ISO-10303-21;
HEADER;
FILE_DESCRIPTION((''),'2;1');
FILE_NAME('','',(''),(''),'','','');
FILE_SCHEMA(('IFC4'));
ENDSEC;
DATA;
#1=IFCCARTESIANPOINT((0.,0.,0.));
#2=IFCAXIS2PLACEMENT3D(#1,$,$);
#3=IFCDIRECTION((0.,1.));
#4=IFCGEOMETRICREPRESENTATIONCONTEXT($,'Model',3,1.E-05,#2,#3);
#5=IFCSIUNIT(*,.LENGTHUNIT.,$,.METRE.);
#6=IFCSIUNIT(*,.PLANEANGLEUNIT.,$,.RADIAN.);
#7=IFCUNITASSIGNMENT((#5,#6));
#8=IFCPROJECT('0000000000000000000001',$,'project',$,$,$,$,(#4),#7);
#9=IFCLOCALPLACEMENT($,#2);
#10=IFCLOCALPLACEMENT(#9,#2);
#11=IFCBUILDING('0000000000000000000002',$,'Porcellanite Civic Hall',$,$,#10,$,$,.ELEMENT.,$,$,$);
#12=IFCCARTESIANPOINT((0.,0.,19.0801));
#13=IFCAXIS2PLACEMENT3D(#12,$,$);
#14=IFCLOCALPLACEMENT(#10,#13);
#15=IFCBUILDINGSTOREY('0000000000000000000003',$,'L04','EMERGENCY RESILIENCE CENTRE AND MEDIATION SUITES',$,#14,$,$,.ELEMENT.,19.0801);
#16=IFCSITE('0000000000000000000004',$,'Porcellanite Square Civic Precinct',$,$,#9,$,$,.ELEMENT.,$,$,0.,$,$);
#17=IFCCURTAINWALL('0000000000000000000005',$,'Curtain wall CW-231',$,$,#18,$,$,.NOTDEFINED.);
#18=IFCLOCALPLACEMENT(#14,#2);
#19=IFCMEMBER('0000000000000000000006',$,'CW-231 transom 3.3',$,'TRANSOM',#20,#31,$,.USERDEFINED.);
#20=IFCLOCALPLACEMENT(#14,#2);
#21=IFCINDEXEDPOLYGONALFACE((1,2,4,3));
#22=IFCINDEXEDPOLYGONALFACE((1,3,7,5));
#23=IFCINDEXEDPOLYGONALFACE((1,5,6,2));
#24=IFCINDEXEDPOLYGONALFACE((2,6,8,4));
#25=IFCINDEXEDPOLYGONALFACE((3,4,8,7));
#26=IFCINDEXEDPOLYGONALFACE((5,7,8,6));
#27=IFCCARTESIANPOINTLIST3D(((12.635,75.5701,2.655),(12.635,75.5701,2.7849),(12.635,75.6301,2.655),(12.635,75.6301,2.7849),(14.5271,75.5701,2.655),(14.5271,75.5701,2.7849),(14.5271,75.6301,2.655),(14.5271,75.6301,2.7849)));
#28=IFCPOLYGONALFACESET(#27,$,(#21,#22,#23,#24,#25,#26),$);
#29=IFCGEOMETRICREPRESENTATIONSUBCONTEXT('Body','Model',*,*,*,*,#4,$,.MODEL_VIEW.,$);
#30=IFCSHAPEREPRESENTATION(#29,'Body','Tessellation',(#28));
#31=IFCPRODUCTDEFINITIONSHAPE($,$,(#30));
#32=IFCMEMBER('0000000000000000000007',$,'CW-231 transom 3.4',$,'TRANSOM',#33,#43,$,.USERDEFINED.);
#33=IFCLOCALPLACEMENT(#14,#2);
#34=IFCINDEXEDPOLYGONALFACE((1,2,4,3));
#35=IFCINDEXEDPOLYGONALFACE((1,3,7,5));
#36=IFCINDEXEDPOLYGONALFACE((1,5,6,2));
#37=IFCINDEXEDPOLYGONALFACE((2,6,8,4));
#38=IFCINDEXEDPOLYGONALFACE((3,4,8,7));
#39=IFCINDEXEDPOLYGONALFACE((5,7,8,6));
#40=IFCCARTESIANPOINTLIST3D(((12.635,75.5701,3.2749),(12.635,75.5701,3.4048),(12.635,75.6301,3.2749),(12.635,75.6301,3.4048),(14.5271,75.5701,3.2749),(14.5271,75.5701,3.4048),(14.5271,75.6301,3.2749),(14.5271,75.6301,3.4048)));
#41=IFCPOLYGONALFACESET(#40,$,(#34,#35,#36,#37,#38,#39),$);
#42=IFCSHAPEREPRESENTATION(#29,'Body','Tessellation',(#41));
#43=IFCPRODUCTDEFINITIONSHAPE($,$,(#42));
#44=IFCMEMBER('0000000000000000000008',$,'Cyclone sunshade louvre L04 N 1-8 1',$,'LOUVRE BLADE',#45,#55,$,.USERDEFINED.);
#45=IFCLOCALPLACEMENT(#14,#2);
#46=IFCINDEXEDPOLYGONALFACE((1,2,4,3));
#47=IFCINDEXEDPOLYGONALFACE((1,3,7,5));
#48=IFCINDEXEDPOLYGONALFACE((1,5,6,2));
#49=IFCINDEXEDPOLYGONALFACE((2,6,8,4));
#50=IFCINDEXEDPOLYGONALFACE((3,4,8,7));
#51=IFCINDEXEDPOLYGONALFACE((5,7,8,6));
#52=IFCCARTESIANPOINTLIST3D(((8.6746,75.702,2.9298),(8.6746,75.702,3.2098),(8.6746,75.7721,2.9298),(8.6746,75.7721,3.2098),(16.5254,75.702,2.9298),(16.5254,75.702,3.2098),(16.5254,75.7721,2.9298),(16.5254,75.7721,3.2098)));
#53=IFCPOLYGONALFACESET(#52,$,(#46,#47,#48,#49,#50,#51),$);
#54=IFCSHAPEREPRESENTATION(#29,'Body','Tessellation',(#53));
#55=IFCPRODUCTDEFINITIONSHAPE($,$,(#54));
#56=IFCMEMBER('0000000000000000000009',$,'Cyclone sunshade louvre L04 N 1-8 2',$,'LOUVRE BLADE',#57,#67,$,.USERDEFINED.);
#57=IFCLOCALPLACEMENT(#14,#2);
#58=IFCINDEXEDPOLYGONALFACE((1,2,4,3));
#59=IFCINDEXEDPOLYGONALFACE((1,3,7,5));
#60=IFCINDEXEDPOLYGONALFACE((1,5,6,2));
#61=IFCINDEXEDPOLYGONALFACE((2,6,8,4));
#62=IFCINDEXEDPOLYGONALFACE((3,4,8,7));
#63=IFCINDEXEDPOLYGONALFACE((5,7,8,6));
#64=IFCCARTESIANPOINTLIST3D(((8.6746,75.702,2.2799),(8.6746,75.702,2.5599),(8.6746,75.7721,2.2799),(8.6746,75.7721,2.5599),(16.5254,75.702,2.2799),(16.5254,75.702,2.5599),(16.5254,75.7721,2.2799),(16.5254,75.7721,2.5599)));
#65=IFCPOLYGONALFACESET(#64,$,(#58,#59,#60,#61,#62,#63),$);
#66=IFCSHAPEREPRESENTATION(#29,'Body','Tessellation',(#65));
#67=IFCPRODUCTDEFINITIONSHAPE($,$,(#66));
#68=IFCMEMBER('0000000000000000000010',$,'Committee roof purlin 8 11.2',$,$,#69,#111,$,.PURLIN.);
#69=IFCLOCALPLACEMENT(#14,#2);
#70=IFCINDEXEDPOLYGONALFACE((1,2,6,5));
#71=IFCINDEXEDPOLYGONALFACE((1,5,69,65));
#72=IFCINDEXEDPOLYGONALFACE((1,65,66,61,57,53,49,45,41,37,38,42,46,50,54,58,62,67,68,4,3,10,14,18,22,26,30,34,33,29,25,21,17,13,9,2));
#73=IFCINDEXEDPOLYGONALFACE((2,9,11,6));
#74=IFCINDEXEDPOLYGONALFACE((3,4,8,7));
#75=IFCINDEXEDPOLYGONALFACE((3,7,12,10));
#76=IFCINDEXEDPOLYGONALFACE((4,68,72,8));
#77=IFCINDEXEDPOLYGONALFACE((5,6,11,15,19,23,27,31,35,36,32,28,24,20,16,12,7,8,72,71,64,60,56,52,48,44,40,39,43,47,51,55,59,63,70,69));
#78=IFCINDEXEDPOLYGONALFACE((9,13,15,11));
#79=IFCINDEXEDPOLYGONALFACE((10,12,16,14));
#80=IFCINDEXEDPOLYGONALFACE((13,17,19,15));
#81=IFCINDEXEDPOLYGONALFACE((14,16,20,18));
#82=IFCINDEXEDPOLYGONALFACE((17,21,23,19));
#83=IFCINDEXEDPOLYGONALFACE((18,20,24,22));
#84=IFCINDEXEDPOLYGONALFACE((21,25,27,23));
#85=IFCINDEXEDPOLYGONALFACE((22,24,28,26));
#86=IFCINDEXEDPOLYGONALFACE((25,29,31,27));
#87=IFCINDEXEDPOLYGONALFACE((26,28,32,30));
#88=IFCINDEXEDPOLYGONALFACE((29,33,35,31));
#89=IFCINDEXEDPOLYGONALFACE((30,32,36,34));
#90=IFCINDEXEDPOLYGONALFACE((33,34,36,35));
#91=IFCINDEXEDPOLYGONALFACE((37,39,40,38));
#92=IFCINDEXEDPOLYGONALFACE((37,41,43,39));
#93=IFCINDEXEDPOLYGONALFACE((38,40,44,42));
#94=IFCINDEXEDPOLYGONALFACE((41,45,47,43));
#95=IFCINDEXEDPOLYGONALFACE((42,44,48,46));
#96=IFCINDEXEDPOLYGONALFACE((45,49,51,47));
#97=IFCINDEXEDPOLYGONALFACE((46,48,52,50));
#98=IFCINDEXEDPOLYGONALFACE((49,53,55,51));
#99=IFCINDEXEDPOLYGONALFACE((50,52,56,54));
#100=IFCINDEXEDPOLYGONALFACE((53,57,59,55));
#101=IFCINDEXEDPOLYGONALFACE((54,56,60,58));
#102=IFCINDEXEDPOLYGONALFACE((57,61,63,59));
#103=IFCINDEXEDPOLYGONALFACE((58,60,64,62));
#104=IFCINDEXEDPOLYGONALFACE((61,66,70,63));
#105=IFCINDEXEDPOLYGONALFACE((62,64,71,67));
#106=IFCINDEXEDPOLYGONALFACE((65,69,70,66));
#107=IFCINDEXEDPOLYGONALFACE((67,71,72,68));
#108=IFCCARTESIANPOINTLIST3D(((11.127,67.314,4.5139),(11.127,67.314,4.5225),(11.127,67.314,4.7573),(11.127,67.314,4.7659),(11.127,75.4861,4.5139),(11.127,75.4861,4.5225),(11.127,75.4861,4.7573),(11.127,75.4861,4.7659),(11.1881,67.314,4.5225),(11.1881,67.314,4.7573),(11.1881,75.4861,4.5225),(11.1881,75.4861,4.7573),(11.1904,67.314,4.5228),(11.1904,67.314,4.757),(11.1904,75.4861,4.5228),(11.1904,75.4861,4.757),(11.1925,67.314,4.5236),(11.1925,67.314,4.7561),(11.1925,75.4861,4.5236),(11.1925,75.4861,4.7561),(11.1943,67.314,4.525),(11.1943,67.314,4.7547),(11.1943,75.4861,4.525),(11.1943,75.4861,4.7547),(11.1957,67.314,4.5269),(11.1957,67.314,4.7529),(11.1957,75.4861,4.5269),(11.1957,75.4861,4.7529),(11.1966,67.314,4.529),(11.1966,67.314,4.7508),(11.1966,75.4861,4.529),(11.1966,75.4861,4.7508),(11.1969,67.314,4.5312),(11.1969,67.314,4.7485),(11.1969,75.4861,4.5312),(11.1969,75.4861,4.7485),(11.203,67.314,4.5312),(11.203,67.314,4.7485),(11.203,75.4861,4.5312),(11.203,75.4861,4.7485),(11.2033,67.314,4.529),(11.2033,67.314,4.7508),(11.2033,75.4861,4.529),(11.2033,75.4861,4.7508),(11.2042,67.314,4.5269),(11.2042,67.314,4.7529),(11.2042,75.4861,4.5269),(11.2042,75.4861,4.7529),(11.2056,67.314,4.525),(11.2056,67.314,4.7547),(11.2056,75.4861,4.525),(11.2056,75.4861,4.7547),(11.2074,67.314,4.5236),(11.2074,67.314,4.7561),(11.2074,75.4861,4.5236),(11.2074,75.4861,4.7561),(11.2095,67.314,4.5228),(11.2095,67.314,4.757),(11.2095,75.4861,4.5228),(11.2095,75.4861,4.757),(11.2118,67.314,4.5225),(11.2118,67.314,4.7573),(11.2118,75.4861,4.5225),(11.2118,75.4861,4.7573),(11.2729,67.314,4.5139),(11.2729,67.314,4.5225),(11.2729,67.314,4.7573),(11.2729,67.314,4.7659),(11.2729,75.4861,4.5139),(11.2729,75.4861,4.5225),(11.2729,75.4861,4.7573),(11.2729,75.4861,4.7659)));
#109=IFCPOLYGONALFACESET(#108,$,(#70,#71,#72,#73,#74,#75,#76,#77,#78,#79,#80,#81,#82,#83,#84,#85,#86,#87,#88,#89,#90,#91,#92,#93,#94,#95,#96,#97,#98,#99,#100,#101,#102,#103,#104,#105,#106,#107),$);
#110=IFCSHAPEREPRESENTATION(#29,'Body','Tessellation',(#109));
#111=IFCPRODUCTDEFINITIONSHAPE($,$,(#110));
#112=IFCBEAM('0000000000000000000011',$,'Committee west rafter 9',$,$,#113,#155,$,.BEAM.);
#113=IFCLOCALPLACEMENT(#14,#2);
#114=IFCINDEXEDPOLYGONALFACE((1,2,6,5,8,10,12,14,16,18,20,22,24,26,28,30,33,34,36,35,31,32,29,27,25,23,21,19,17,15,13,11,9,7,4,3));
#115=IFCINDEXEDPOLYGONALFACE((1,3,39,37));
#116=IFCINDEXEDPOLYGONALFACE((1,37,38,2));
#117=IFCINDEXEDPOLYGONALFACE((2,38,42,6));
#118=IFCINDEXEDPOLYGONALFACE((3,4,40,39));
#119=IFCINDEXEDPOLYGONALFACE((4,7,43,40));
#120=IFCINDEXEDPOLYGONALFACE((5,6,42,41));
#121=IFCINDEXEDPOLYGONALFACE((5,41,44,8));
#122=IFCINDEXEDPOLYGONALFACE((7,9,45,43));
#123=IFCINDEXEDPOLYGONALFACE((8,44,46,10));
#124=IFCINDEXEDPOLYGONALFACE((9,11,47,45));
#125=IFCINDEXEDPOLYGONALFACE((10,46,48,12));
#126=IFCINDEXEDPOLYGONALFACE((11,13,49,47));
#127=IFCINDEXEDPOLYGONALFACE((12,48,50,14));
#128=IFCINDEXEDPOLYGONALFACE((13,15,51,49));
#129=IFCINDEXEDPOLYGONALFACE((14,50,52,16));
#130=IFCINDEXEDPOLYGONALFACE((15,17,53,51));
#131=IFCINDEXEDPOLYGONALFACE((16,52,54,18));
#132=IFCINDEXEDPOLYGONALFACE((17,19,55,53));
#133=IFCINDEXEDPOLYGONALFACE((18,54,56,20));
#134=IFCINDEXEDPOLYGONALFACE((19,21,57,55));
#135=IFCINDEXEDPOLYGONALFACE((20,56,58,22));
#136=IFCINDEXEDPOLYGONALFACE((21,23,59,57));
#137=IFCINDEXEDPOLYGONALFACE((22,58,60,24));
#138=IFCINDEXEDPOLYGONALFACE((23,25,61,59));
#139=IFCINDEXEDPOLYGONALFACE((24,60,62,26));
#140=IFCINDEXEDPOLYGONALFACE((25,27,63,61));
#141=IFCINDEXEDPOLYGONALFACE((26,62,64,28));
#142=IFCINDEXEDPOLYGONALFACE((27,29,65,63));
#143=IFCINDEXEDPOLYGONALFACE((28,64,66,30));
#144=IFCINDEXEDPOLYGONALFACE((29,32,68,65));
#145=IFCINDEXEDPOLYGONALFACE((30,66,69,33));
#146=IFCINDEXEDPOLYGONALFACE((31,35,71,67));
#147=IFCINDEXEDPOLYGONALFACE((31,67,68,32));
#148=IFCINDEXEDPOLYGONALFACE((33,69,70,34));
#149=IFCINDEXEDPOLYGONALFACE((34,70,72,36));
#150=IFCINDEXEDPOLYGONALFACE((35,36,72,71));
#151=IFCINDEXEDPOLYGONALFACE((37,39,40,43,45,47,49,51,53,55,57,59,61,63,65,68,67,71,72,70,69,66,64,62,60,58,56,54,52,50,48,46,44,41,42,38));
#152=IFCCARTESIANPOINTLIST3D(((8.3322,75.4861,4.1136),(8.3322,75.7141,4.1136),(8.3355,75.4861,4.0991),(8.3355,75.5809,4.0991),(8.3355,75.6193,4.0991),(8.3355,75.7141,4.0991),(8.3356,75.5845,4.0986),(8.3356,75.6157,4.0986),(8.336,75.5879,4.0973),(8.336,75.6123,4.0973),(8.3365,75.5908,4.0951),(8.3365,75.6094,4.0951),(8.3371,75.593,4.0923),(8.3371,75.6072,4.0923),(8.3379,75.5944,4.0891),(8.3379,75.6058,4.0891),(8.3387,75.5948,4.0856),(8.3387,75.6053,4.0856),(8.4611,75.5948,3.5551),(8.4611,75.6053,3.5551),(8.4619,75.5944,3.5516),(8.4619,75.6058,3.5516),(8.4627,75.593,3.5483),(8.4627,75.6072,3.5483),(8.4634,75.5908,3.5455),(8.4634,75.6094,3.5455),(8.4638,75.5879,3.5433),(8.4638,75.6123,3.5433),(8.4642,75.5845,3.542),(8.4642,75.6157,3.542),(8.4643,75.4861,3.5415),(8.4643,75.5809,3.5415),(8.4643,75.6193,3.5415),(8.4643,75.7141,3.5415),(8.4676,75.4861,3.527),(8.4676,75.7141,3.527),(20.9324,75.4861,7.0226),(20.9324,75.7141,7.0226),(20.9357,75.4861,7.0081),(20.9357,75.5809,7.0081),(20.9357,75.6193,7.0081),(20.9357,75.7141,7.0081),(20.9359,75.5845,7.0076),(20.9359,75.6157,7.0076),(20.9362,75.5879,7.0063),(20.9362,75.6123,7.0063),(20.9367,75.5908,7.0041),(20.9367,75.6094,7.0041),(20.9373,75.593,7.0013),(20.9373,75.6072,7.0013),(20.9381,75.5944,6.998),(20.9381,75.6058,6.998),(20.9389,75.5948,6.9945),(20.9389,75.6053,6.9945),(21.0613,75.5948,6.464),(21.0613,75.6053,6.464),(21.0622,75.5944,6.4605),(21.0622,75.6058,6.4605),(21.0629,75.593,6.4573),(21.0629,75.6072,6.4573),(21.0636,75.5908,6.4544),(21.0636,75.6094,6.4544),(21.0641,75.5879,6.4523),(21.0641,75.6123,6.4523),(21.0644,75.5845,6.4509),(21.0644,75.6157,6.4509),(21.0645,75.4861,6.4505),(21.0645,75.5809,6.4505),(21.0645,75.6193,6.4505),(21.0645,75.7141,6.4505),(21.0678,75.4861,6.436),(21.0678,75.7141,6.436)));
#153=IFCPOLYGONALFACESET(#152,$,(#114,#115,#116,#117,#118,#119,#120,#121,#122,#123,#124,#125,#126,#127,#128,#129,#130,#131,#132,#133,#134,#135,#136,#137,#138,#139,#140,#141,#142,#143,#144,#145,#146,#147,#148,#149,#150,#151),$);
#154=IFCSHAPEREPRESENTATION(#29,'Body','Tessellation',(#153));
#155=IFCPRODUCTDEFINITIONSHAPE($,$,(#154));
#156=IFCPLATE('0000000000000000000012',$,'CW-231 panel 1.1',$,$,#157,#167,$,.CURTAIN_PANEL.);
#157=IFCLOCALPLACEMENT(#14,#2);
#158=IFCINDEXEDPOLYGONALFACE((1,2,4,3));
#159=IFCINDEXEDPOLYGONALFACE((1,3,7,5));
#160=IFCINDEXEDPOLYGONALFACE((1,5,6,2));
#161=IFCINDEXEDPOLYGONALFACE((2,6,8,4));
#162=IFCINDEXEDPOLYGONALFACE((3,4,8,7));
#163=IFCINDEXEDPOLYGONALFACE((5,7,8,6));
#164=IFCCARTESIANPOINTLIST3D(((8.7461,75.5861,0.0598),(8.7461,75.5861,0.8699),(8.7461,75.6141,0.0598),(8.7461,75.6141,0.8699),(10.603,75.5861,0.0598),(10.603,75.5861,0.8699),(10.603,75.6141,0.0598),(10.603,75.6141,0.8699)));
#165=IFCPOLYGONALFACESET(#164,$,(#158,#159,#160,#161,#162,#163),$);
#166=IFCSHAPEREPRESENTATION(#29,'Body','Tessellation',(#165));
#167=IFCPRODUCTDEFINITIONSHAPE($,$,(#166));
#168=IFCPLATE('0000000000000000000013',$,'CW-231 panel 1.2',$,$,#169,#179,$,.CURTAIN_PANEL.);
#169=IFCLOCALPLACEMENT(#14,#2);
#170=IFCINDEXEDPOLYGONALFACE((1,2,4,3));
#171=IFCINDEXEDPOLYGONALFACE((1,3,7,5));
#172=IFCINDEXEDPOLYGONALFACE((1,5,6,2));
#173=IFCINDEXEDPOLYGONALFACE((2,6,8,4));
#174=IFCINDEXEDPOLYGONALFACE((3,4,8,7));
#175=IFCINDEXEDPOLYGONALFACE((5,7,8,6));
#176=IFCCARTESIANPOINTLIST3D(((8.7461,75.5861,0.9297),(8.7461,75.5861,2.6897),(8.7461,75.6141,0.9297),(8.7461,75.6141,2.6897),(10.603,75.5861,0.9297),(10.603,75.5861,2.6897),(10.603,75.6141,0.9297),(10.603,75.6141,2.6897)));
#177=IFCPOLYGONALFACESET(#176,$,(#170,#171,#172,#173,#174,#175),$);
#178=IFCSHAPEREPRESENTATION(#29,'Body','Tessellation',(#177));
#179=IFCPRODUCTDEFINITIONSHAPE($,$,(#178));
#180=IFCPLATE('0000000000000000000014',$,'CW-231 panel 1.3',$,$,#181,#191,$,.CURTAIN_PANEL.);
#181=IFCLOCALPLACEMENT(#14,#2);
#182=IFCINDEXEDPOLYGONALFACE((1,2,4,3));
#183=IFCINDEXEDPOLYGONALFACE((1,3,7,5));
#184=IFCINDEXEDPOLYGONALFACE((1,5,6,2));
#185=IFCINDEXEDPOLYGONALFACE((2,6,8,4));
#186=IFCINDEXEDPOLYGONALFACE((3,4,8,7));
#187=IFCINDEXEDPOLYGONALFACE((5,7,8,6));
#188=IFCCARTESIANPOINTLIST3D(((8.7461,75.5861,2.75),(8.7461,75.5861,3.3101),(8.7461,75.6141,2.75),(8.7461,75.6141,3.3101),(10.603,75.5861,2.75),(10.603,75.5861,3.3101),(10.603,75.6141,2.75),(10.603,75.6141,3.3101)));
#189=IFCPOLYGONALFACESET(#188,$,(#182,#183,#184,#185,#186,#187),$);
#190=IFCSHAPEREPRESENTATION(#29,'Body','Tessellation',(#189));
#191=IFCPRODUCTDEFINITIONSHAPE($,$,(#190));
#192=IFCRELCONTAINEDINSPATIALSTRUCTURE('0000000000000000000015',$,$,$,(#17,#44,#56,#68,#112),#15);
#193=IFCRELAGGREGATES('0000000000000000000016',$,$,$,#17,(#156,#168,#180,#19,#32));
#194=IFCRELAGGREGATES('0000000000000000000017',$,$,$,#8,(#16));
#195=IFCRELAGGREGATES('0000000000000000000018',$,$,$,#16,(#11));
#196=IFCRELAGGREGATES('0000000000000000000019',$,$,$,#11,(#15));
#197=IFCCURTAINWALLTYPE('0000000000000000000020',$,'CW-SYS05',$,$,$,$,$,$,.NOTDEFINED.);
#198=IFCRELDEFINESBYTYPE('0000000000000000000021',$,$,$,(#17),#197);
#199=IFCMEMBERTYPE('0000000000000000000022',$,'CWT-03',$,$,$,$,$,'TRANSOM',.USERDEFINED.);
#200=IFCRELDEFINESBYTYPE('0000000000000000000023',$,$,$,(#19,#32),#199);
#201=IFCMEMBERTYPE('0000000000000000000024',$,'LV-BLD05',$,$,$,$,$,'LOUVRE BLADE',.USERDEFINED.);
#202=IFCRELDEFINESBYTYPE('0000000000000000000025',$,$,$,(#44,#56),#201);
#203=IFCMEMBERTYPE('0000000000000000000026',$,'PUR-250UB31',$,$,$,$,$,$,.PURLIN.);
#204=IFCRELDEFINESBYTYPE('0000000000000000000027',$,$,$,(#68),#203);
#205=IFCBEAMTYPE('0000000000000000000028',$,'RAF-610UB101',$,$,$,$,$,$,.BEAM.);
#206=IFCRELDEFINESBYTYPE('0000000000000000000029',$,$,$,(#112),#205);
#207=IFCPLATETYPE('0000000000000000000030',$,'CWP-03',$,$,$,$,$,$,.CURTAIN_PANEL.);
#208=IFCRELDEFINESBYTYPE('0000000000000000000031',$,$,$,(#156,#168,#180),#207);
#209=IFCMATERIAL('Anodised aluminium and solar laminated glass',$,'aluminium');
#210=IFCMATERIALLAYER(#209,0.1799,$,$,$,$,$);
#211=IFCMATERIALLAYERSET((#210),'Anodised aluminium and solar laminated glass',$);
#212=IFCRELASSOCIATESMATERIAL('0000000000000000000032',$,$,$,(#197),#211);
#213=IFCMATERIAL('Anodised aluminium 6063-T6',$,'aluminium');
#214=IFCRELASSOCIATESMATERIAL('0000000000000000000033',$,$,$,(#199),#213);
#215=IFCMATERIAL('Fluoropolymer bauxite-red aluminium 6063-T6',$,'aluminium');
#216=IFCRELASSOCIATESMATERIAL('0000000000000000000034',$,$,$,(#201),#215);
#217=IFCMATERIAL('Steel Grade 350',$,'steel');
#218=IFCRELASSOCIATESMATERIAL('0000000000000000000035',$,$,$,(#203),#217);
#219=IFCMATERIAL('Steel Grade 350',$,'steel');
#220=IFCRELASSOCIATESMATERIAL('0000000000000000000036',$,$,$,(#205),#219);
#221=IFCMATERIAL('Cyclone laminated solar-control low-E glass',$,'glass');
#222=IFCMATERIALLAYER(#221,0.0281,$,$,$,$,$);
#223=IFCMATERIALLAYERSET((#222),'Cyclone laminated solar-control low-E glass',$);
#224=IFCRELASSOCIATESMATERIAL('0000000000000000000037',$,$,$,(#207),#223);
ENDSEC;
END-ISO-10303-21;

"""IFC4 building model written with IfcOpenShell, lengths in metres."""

from ifc_helpers import new_model, si_unit, direction, frame, origin, origin_2d, place, context, subcontext, project, spatial, rectangle, i_section, extrude, material, layer, layer_set, material_profile, profile_set, type_object, element, aggregate, save


model = new_model("IFC4")

# Units and contexts
model_context = context("Model", 3, precision=1e-05, world=origin(), true_north=direction((0.0, 1.0)))
body_context = subcontext(model_context, "Body", "Model", "MODEL_VIEW")
ifc_project = project(units=[si_unit("LENGTHUNIT", "METRE"), si_unit("PLANEANGLEUNIT", "RADIAN")], contexts=[model_context])

# Site, building, storey
site_placement = place(None, origin())
site = spatial("IfcSite", under=ifc_project, at=site_placement, Name="Porcellanite Square Civic Precinct", CompositionType="ELEMENT", RefElevation=0.0)
building_placement = place(site_placement, origin())
building = spatial("IfcBuilding", under=site, at=building_placement, Name="Porcellanite Civic Hall", CompositionType="ELEMENT")
storey_placement = place(building_placement, frame((0.0, 0.0, 19.0801)))
storey = spatial("IfcBuildingStorey", under=building, at=storey_placement, Name="L04", Description="EMERGENCY RESILIENCE CENTRE AND MEDIATION SUITES", CompositionType="ELEMENT", Elevation=19.0801)

# Curtain wall, members
ifc_material_1 = material(Name="Anodised aluminium and solar laminated glass", Category="aluminium")
ifc_layer_1 = layer(ifc_material_1, 0.1799)
ifc_layer_set_1 = layer_set([ifc_layer_1], Name="Anodised aluminium and solar laminated glass")
curtain_wall_type = type_object("IfcCurtainWallType", Name="CW-SYS05", PredefinedType="NOTDEFINED", material=ifc_layer_set_1)
curtain_wall_placement = place(storey_placement, origin())
curtain_wall = element("IfcCurtainWall", 1, at=curtain_wall_placement, inside=storey, type_object=curtain_wall_type, Name="Curtain wall CW-231", PredefinedType="NOTDEFINED")
ifc_material_2 = material(Name="Anodised aluminium 6063-T6", Category="aluminium")
ifc_material_profile_1 = material_profile(ifc_material_2, rectangle(XDim=0.0601, YDim=0.1299, at=origin_2d()), Name="AL-60x130")
ifc_profile_set_1 = profile_set([ifc_material_profile_1], Name="Anodised aluminium 6063-T6")
member_type_1 = type_object("IfcMemberType", Name="CWT-03", ElementType="TRANSOM", PredefinedType="USERDEFINED", material=ifc_profile_set_1)
member_1_placement = place(storey_placement, frame((12.635, 75.6001, 2.72), z_axis=(1.0, 0.0, 0.0), x_axis=(0.0, 1.0, 0.0)))
member_1 = element("IfcMember", 2, at=member_1_placement, type_object=member_type_1, Name="CW-231 transom 3.3", ObjectType="TRANSOM", PredefinedType="USERDEFINED", context=body_context, shape_type="SweptSolid", body=[
    extrude(rectangle(XDim=0.0601, YDim=0.1299, at=origin_2d()), origin(), (0.0, 0.0, 1.0), 1.8921),
])
member_2_placement = place(storey_placement, frame((12.635, 75.6001, 3.3398), z_axis=(1.0, 0.0, 0.0), x_axis=(0.0, 1.0, 0.0)))
member_2 = element("IfcMember", 3, at=member_2_placement, type_object=member_type_1, Name="CW-231 transom 3.4", ObjectType="TRANSOM", PredefinedType="USERDEFINED", context=body_context, shape_type="SweptSolid", body=[
    extrude(rectangle(XDim=0.0601, YDim=0.1299, at=origin_2d()), origin(), (0.0, 0.0, 1.0), 1.8921),
])

# Members
ifc_material_3 = material(Name="Fluoropolymer bauxite-red aluminium 6063-T6", Category="aluminium")
ifc_material_profile_2 = material_profile(ifc_material_3, rectangle(XDim=0.0701, YDim=0.28, at=origin_2d()), Name="AL-70x280")
ifc_profile_set_2 = profile_set([ifc_material_profile_2], Name="Fluoropolymer bauxite-red aluminium 6063-T6")
member_type_2 = type_object("IfcMemberType", Name="LV-BLD05", ElementType="LOUVRE BLADE", PredefinedType="USERDEFINED", material=ifc_profile_set_2)
for number, where, z_axis, x_axis, name in (
    (4, (8.6746, 75.7371, 3.0698), (1.0, 0.0, 0.0), (0.0, 1.0, 0.0), "Cyclone sunshade louvre L04 N 1-8 1"),
    (5, (8.6746, 75.7371, 2.4199), (1.0, 0.0, 0.0), (0.0, 1.0, 0.0), "Cyclone sunshade louvre L04 N 1-8 2"),
):
    element("IfcMember", number, at=place(storey_placement, frame(where, z_axis=z_axis, x_axis=x_axis)), inside=storey, type_object=member_type_2, Name=name, ObjectType="LOUVRE BLADE", PredefinedType="USERDEFINED", context=body_context, shape_type="SweptSolid", body=[
        extrude(rectangle(XDim=0.0701, YDim=0.28, at=origin_2d()), origin(), (0.0, 0.0, 1.0), 7.8508),
    ])
ifc_material_4 = material(Name="Steel Grade 350", Category="steel")
ifc_material_profile_3 = material_profile(ifc_material_4, i_section(OverallWidth=0.146, OverallDepth=0.252, WebThickness=0.0061, FlangeThickness=0.0085, FilletRadius=0.0088, at=origin_2d()), Name="250UB31.4")
ifc_profile_set_3 = profile_set([ifc_material_profile_3], Name="Steel Grade 350")
member_type_3 = type_object("IfcMemberType", Name="PUR-250UB31", PredefinedType="PURLIN", material=ifc_profile_set_3)
member_3_placement = place(storey_placement, frame((11.2, 67.314, 4.6399), z_axis=(0.0, 1.0, 0.0), x_axis=(-1.0, 0.0, 0.0)))
element("IfcMember", 6, at=member_3_placement, inside=storey, type_object=member_type_3, Name="Committee roof purlin 8 11.2", PredefinedType="PURLIN", context=body_context, shape_type="SweptSolid", body=[
    extrude(i_section(OverallWidth=0.146, OverallDepth=0.252, WebThickness=0.0061, FlangeThickness=0.0085, FilletRadius=0.0088, at=origin_2d()), origin(), (0.0, 0.0, 1.0), 8.1721),
])

# Beam
ifc_material_5 = material(Name="Steel Grade 350", Category="steel")
ifc_material_profile_4 = material_profile(ifc_material_5, i_section(OverallWidth=0.228, OverallDepth=0.6021, WebThickness=0.0105, FlangeThickness=0.0149, FilletRadius=0.0139, at=origin_2d()), Name="610UB101")
ifc_profile_set_4 = profile_set([ifc_material_profile_4], Name="Steel Grade 350")
beam_type = type_object("IfcBeamType", Name="RAF-610UB101", PredefinedType="BEAM", material=ifc_profile_set_4)
beam_placement = place(storey_placement, frame((8.3999, 75.6001, 3.8203), z_axis=(0.974371, 0.0, 0.224949), x_axis=(0.0, 1.0, 0.0)))
element("IfcBeam", 7, at=beam_placement, inside=storey, type_object=beam_type, Name="Committee west rafter 9", PredefinedType="BEAM", context=body_context, shape_type="SweptSolid", body=[
    extrude(i_section(OverallWidth=0.228, OverallDepth=0.6021, WebThickness=0.0105, FlangeThickness=0.0149, FilletRadius=0.0139, at=origin_2d()), origin(), (0.0, 0.0, 1.0), 12.9316),
])

# Plates
ifc_material_6 = material(Name="Cyclone laminated solar-control low-E glass", Category="glass")
ifc_layer_2 = layer(ifc_material_6, 0.0281)
ifc_layer_set_2 = layer_set([ifc_layer_2], Name="Cyclone laminated solar-control low-E glass")
plate_type = type_object("IfcPlateType", Name="CWP-03", PredefinedType="CURTAIN_PANEL", material=ifc_layer_set_2)
plate_1_placement = place(storey_placement, frame((9.6746, 75.6001, 0.0598), z_axis=(0.0, 0.0, 1.0), x_axis=(1.0, 0.0, 0.0)))
plate_1 = element("IfcPlate", 8, at=plate_1_placement, type_object=plate_type, Name="CW-231 panel 1.1", PredefinedType="CURTAIN_PANEL", context=body_context, shape_type="SweptSolid", body=[
    extrude(rectangle(XDim=1.8569, YDim=0.0281, at=origin_2d()), origin(), (0.0, 0.0, 1.0), 0.8101),
])
plate_2_placement = place(storey_placement, frame((9.6746, 75.6001, 0.9297), z_axis=(0.0, 0.0, 1.0), x_axis=(1.0, 0.0, 0.0)))
plate_2 = element("IfcPlate", 9, at=plate_2_placement, type_object=plate_type, Name="CW-231 panel 1.2", PredefinedType="CURTAIN_PANEL", context=body_context, shape_type="SweptSolid", body=[
    extrude(rectangle(XDim=1.8569, YDim=0.0281, at=origin_2d()), origin(), (0.0, 0.0, 1.0), 1.76),
])
plate_3_placement = place(storey_placement, frame((9.6746, 75.6001, 2.75), z_axis=(0.0, 0.0, 1.0), x_axis=(1.0, 0.0, 0.0)))
plate_3 = element("IfcPlate", 10, at=plate_3_placement, type_object=plate_type, Name="CW-231 panel 1.3", PredefinedType="CURTAIN_PANEL", context=body_context, shape_type="SweptSolid", body=[
    extrude(rectangle(XDim=1.8569, YDim=0.0281, at=origin_2d()), origin(), (0.0, 0.0, 1.0), 0.5601),
])
aggregate(curtain_wall, [plate_1, plate_2, plate_3, member_1, member_2])

save(model, "model.ifc")
